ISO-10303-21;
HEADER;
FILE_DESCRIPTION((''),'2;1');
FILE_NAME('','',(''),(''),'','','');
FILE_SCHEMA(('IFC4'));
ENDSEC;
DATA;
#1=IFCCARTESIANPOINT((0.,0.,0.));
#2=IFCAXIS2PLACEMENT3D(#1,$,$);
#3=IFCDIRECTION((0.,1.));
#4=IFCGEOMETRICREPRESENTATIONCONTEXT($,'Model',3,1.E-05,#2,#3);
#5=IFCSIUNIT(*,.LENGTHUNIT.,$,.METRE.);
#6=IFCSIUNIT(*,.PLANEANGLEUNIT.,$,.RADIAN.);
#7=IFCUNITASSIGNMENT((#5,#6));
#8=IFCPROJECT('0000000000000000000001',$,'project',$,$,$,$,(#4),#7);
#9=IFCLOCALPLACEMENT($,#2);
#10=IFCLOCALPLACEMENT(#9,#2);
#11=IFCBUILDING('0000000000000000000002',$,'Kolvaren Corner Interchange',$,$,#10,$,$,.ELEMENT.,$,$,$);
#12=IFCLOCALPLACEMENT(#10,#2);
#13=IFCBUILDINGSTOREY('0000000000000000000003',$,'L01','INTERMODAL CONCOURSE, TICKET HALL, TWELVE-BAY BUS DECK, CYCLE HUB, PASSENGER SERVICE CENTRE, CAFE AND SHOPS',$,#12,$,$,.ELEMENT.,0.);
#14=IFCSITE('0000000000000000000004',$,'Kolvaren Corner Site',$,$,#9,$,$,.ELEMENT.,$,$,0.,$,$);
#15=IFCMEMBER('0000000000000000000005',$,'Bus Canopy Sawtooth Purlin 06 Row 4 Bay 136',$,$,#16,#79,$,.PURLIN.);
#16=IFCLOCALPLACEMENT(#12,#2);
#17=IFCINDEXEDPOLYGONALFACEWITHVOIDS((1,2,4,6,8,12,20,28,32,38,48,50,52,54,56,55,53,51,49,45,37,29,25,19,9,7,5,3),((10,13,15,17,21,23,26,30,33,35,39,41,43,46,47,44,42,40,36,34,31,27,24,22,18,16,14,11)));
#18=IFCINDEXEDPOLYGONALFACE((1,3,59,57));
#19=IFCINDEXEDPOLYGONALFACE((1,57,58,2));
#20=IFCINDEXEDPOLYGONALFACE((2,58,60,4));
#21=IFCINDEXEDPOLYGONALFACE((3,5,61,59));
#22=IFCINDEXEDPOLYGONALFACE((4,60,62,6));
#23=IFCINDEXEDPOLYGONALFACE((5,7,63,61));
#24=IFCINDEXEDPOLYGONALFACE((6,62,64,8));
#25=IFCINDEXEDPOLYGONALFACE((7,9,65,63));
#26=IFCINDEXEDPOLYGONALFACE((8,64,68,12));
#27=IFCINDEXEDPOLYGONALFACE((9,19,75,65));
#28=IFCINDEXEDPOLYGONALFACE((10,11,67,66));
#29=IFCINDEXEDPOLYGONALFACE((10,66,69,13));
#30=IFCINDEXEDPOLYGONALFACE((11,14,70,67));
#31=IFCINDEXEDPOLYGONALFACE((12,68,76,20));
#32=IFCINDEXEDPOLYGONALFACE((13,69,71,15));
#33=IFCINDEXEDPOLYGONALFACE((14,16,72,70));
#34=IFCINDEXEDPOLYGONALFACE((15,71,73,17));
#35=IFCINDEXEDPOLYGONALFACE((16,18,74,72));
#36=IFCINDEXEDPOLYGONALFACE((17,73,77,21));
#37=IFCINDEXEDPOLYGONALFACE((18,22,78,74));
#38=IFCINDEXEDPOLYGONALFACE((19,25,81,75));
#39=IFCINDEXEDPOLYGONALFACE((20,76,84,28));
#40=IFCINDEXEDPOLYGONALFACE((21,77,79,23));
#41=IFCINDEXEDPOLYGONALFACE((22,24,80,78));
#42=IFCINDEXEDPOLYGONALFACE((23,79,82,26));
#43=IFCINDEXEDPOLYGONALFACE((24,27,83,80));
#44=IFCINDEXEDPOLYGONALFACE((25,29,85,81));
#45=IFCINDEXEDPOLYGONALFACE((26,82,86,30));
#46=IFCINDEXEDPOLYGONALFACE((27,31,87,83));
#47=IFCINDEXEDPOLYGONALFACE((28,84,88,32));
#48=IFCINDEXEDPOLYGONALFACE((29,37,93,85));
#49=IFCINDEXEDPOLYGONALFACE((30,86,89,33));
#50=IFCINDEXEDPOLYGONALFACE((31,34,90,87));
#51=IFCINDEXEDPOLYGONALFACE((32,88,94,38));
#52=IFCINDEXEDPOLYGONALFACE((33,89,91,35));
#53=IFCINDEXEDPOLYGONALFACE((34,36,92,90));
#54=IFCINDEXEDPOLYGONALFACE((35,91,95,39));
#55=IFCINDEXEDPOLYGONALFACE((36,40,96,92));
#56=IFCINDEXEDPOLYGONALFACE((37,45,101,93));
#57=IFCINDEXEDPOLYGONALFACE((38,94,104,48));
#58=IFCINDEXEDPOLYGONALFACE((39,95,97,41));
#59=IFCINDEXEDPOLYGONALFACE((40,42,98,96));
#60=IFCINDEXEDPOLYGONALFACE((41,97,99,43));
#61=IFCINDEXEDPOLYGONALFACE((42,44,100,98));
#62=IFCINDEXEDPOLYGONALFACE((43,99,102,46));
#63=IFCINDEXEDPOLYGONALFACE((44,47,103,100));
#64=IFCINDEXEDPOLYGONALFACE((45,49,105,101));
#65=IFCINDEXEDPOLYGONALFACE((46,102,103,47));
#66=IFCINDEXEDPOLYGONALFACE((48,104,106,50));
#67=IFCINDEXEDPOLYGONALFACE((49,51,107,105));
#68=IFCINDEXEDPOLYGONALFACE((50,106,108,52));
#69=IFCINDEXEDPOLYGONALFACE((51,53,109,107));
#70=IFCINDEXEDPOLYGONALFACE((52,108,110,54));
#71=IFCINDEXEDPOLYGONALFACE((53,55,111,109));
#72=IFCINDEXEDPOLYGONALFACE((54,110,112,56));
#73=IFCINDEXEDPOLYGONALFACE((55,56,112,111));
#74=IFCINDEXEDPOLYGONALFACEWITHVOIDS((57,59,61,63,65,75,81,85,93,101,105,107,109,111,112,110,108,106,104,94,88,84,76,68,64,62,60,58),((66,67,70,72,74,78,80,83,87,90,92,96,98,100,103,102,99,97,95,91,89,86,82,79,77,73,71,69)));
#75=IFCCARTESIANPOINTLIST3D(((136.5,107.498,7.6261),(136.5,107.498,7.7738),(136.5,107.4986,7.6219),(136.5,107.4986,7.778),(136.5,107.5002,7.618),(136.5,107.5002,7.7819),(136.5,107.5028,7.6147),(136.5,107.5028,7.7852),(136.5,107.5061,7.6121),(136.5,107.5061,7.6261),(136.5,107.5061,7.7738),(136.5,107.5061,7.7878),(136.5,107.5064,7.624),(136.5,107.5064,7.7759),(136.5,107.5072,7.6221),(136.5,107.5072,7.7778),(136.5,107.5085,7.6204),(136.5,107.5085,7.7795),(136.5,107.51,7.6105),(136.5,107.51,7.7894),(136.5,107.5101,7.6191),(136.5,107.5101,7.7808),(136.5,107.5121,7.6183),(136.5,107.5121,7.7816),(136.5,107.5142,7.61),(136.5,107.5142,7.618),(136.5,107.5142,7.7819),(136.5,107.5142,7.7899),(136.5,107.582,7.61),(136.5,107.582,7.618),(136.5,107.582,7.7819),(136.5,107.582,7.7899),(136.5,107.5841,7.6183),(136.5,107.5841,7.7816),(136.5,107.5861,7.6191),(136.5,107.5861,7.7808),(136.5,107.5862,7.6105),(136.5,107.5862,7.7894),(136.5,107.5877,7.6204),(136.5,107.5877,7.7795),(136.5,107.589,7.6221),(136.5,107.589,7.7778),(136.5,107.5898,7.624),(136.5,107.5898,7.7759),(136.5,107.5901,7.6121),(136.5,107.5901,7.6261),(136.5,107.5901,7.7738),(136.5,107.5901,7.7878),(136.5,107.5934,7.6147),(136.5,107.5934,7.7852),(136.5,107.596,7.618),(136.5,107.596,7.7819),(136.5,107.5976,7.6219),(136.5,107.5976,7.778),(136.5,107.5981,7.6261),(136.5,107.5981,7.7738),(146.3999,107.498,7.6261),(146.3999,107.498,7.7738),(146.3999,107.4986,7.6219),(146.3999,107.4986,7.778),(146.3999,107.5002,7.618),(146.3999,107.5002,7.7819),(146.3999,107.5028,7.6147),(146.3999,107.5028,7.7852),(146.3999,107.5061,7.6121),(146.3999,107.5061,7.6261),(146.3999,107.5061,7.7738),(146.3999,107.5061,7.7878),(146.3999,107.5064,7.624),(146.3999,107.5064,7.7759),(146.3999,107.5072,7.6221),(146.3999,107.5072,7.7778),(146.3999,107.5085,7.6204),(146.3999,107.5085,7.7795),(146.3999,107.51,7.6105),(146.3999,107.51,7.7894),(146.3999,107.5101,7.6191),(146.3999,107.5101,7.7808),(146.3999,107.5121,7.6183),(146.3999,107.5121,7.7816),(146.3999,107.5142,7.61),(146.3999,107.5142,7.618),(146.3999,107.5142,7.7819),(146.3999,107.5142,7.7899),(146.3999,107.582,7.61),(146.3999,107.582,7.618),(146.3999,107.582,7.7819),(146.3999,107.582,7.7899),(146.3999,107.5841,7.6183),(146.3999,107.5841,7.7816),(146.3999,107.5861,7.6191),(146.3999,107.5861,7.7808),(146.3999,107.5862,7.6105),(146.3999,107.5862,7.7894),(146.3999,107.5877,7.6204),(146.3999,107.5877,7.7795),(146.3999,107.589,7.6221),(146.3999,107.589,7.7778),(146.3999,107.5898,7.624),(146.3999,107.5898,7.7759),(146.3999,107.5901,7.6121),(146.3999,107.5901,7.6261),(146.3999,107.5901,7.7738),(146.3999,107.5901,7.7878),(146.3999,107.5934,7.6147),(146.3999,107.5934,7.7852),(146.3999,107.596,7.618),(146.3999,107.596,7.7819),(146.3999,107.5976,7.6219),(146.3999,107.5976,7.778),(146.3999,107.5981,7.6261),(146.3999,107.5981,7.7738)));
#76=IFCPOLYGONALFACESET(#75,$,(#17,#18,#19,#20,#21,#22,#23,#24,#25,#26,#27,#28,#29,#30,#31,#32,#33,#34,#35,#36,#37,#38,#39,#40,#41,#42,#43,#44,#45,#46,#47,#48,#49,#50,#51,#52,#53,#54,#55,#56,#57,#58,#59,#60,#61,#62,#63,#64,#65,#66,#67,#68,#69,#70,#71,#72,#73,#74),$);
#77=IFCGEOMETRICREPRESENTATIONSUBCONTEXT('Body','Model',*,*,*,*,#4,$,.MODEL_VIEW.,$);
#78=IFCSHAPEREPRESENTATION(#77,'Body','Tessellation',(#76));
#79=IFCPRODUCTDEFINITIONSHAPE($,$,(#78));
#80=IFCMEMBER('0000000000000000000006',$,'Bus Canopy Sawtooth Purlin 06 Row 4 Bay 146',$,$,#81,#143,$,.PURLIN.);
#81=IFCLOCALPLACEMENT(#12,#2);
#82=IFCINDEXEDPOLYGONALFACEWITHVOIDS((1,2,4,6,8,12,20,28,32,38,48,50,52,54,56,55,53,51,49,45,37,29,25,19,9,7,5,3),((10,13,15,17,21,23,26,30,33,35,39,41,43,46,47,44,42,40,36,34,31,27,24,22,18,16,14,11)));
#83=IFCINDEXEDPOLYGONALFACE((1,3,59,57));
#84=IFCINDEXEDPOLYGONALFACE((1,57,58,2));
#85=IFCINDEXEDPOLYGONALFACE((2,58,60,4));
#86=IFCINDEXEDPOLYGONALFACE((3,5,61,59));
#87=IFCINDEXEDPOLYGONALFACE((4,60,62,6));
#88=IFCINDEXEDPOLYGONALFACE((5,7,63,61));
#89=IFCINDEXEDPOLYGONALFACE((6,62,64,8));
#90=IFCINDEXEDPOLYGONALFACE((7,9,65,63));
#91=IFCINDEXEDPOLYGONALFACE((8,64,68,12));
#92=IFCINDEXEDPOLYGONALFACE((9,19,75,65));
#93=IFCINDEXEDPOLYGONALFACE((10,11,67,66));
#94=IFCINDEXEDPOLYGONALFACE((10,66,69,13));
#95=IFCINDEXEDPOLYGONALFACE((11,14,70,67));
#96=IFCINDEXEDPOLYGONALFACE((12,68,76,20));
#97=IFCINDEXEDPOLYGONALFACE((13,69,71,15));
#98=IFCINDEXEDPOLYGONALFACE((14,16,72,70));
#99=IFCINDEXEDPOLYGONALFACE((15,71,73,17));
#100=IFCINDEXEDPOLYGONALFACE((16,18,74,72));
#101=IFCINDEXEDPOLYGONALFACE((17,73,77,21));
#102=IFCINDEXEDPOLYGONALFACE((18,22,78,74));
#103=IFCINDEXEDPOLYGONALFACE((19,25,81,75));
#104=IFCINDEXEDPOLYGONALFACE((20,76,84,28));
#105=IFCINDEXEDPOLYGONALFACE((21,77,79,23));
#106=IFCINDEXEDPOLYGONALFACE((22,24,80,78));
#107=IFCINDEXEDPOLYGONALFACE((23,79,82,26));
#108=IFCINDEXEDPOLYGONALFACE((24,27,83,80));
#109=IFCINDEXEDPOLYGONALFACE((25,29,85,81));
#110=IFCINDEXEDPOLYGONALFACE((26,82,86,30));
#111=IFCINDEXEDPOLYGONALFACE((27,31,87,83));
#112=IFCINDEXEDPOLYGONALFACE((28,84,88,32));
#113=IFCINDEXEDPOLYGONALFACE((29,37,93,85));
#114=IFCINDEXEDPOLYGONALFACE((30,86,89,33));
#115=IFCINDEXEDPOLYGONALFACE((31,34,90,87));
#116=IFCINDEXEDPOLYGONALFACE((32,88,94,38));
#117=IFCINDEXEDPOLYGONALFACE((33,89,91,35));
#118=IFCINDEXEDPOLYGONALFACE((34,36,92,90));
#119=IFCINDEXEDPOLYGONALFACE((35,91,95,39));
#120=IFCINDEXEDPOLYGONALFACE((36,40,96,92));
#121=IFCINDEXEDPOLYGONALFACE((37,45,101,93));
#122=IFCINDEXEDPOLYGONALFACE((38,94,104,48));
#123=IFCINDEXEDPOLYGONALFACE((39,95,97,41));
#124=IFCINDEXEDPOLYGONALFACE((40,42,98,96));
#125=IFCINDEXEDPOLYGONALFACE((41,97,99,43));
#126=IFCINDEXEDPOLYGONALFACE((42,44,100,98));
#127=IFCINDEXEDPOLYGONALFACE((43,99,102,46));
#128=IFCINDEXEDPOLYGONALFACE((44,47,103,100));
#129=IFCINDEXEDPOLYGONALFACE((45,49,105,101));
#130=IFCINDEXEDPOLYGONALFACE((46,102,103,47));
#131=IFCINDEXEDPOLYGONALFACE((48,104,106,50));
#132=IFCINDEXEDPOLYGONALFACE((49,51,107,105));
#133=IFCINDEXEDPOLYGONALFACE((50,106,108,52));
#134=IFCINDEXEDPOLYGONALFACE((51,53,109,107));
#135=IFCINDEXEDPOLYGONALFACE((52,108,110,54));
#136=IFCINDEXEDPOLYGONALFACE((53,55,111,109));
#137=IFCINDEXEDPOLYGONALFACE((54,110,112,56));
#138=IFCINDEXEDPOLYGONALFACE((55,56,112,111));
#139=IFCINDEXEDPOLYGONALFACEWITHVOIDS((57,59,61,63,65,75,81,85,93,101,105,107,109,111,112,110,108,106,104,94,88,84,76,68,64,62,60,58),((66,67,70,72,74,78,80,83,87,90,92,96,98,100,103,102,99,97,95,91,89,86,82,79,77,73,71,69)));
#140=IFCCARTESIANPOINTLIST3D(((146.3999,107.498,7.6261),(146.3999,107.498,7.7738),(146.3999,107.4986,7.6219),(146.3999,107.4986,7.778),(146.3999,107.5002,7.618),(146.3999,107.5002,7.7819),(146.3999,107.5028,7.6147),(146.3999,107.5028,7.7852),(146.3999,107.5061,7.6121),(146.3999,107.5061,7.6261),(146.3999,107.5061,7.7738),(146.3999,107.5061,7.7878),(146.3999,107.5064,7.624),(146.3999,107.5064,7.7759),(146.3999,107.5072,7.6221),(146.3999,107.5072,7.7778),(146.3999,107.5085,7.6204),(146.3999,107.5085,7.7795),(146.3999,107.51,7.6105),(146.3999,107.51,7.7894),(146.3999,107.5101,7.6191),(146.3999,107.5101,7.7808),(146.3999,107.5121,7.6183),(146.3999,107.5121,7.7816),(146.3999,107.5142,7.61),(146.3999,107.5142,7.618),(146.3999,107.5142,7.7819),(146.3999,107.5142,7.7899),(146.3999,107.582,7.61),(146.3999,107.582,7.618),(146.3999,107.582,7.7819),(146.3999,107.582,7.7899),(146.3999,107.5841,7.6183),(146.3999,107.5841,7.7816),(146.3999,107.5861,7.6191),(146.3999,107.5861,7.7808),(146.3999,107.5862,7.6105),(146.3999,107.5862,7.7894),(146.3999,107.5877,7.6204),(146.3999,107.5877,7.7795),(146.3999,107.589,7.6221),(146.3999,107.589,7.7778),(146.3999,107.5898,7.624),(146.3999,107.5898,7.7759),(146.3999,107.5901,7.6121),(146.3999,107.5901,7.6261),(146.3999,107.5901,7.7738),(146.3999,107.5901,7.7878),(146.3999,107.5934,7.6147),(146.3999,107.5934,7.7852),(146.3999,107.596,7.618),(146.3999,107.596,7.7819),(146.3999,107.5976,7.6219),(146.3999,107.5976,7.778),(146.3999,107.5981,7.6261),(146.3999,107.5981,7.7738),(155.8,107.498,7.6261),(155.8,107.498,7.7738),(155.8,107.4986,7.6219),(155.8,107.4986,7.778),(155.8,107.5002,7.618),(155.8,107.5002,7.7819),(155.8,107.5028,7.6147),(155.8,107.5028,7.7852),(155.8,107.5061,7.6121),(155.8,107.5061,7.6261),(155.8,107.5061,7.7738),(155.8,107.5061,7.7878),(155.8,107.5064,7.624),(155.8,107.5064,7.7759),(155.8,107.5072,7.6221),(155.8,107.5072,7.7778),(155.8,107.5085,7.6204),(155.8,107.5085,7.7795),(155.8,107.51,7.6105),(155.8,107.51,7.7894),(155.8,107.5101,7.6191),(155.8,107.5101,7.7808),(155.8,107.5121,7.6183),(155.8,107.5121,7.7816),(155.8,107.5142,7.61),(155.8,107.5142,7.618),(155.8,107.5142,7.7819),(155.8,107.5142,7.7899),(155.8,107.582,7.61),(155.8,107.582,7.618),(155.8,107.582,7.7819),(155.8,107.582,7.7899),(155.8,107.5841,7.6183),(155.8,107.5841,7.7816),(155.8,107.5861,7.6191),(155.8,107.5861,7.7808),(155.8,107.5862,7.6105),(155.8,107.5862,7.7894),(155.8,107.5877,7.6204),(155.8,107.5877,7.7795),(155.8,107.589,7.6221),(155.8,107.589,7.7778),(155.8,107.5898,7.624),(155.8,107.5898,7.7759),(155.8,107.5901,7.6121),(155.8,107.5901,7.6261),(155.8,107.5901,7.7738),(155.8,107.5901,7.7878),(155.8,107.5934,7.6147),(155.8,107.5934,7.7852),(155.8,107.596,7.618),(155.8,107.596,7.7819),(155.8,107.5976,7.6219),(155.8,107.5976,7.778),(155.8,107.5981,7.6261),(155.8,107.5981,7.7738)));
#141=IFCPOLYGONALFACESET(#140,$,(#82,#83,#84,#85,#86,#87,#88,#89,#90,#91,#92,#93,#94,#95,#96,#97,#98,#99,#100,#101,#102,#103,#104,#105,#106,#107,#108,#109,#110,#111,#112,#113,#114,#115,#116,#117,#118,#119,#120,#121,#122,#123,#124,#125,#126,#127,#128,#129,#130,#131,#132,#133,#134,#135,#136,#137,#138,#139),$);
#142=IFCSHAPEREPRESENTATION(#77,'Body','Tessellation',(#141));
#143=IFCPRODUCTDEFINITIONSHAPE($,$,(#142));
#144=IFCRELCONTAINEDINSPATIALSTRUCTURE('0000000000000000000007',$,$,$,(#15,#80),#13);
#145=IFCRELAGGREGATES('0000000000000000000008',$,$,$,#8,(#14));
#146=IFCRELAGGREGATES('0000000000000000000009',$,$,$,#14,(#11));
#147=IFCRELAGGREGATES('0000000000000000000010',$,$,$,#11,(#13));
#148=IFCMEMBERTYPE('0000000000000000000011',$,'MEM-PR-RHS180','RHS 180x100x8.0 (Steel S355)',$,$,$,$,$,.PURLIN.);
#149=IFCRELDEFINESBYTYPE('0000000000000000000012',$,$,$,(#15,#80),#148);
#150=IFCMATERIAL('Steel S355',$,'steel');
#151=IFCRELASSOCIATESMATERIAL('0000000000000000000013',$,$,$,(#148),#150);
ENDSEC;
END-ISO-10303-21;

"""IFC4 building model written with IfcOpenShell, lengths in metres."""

from ifc_helpers import new_model, si_unit, direction, frame, origin, origin_2d, place, context, subcontext, project, spatial, hollow_rectangle, extrude, material, material_profile, profile_set, type_object, element, save


model = new_model("IFC4")

# Units and contexts
model_context = context("Model", 3, precision=1e-05, world=origin(), true_north=direction((0.0, 1.0)))
body_context = subcontext(model_context, "Body", "Model", "MODEL_VIEW")
ifc_project = project(units=[si_unit("LENGTHUNIT", "METRE"), si_unit("PLANEANGLEUNIT", "RADIAN")], contexts=[model_context])

# Site, building, storey
site_placement = place(None, origin())
site = spatial("IfcSite", under=ifc_project, at=site_placement, Name="Kolvaren Corner Site", CompositionType="ELEMENT", RefElevation=0.0)
building_placement = place(site_placement, origin())
building = spatial("IfcBuilding", under=site, at=building_placement, Name="Kolvaren Corner Interchange", CompositionType="ELEMENT")
storey_placement = place(building_placement, origin())
storey = spatial("IfcBuildingStorey", under=building, at=storey_placement, Name="L01", Description="INTERMODAL CONCOURSE, TICKET HALL, TWELVE-BAY BUS DECK, CYCLE HUB, PASSENGER SERVICE CENTRE, CAFE AND SHOPS", CompositionType="ELEMENT", Elevation=0.0)

# Members
ifc_material_1 = material(Name="Steel S355", Category="steel")
ifc_material_profile_1 = material_profile(ifc_material_1, hollow_rectangle(XDim=0.1001, YDim=0.1799, WallThickness=0.0081, InnerFilletRadius=0.0081, OuterFilletRadius=0.0161, at=origin_2d()), Name="RHS 180x100x8.0")
ifc_profile_set_1 = profile_set([ifc_material_profile_1], Name="Steel S355")
member_type_1 = type_object("IfcMemberType", Name="MEM-PR-RHS180", Description="RHS 180x100x8.0 (Steel S355)", PredefinedType="PURLIN", material=ifc_profile_set_1)
member_1_placement = place(storey_placement, frame((136.5, 107.5481, 7.7), z_axis=(1.0, 0.0, 0.0), x_axis=(0.0, 1.0, 0.0)))
element("IfcMember", 1, at=member_1_placement, inside=storey, type_object=member_type_1, Name="Bus Canopy Sawtooth Purlin 06 Row 4 Bay 136", PredefinedType="PURLIN", context=body_context, shape_type="SweptSolid", body=[
    extrude(hollow_rectangle(XDim=0.1001, YDim=0.1799, WallThickness=0.0081, InnerFilletRadius=0.0081, OuterFilletRadius=0.0161, at=origin_2d()), origin(), (0.0, 0.0, 1.0), 9.8999),
])
member_2_placement = place(storey_placement, frame((146.3999, 107.5481, 7.7), z_axis=(1.0, 0.0, 0.0), x_axis=(0.0, 1.0, 0.0)))
element("IfcMember", 2, at=member_2_placement, inside=storey, type_object=member_type_1, Name="Bus Canopy Sawtooth Purlin 06 Row 4 Bay 146", PredefinedType="PURLIN", context=body_context, shape_type="SweptSolid", body=[
    extrude(hollow_rectangle(XDim=0.1001, YDim=0.1799, WallThickness=0.0081, InnerFilletRadius=0.0081, OuterFilletRadius=0.0161, at=origin_2d()), origin(), (0.0, 0.0, 1.0), 9.4001),
])

save(model, "model.ifc")
